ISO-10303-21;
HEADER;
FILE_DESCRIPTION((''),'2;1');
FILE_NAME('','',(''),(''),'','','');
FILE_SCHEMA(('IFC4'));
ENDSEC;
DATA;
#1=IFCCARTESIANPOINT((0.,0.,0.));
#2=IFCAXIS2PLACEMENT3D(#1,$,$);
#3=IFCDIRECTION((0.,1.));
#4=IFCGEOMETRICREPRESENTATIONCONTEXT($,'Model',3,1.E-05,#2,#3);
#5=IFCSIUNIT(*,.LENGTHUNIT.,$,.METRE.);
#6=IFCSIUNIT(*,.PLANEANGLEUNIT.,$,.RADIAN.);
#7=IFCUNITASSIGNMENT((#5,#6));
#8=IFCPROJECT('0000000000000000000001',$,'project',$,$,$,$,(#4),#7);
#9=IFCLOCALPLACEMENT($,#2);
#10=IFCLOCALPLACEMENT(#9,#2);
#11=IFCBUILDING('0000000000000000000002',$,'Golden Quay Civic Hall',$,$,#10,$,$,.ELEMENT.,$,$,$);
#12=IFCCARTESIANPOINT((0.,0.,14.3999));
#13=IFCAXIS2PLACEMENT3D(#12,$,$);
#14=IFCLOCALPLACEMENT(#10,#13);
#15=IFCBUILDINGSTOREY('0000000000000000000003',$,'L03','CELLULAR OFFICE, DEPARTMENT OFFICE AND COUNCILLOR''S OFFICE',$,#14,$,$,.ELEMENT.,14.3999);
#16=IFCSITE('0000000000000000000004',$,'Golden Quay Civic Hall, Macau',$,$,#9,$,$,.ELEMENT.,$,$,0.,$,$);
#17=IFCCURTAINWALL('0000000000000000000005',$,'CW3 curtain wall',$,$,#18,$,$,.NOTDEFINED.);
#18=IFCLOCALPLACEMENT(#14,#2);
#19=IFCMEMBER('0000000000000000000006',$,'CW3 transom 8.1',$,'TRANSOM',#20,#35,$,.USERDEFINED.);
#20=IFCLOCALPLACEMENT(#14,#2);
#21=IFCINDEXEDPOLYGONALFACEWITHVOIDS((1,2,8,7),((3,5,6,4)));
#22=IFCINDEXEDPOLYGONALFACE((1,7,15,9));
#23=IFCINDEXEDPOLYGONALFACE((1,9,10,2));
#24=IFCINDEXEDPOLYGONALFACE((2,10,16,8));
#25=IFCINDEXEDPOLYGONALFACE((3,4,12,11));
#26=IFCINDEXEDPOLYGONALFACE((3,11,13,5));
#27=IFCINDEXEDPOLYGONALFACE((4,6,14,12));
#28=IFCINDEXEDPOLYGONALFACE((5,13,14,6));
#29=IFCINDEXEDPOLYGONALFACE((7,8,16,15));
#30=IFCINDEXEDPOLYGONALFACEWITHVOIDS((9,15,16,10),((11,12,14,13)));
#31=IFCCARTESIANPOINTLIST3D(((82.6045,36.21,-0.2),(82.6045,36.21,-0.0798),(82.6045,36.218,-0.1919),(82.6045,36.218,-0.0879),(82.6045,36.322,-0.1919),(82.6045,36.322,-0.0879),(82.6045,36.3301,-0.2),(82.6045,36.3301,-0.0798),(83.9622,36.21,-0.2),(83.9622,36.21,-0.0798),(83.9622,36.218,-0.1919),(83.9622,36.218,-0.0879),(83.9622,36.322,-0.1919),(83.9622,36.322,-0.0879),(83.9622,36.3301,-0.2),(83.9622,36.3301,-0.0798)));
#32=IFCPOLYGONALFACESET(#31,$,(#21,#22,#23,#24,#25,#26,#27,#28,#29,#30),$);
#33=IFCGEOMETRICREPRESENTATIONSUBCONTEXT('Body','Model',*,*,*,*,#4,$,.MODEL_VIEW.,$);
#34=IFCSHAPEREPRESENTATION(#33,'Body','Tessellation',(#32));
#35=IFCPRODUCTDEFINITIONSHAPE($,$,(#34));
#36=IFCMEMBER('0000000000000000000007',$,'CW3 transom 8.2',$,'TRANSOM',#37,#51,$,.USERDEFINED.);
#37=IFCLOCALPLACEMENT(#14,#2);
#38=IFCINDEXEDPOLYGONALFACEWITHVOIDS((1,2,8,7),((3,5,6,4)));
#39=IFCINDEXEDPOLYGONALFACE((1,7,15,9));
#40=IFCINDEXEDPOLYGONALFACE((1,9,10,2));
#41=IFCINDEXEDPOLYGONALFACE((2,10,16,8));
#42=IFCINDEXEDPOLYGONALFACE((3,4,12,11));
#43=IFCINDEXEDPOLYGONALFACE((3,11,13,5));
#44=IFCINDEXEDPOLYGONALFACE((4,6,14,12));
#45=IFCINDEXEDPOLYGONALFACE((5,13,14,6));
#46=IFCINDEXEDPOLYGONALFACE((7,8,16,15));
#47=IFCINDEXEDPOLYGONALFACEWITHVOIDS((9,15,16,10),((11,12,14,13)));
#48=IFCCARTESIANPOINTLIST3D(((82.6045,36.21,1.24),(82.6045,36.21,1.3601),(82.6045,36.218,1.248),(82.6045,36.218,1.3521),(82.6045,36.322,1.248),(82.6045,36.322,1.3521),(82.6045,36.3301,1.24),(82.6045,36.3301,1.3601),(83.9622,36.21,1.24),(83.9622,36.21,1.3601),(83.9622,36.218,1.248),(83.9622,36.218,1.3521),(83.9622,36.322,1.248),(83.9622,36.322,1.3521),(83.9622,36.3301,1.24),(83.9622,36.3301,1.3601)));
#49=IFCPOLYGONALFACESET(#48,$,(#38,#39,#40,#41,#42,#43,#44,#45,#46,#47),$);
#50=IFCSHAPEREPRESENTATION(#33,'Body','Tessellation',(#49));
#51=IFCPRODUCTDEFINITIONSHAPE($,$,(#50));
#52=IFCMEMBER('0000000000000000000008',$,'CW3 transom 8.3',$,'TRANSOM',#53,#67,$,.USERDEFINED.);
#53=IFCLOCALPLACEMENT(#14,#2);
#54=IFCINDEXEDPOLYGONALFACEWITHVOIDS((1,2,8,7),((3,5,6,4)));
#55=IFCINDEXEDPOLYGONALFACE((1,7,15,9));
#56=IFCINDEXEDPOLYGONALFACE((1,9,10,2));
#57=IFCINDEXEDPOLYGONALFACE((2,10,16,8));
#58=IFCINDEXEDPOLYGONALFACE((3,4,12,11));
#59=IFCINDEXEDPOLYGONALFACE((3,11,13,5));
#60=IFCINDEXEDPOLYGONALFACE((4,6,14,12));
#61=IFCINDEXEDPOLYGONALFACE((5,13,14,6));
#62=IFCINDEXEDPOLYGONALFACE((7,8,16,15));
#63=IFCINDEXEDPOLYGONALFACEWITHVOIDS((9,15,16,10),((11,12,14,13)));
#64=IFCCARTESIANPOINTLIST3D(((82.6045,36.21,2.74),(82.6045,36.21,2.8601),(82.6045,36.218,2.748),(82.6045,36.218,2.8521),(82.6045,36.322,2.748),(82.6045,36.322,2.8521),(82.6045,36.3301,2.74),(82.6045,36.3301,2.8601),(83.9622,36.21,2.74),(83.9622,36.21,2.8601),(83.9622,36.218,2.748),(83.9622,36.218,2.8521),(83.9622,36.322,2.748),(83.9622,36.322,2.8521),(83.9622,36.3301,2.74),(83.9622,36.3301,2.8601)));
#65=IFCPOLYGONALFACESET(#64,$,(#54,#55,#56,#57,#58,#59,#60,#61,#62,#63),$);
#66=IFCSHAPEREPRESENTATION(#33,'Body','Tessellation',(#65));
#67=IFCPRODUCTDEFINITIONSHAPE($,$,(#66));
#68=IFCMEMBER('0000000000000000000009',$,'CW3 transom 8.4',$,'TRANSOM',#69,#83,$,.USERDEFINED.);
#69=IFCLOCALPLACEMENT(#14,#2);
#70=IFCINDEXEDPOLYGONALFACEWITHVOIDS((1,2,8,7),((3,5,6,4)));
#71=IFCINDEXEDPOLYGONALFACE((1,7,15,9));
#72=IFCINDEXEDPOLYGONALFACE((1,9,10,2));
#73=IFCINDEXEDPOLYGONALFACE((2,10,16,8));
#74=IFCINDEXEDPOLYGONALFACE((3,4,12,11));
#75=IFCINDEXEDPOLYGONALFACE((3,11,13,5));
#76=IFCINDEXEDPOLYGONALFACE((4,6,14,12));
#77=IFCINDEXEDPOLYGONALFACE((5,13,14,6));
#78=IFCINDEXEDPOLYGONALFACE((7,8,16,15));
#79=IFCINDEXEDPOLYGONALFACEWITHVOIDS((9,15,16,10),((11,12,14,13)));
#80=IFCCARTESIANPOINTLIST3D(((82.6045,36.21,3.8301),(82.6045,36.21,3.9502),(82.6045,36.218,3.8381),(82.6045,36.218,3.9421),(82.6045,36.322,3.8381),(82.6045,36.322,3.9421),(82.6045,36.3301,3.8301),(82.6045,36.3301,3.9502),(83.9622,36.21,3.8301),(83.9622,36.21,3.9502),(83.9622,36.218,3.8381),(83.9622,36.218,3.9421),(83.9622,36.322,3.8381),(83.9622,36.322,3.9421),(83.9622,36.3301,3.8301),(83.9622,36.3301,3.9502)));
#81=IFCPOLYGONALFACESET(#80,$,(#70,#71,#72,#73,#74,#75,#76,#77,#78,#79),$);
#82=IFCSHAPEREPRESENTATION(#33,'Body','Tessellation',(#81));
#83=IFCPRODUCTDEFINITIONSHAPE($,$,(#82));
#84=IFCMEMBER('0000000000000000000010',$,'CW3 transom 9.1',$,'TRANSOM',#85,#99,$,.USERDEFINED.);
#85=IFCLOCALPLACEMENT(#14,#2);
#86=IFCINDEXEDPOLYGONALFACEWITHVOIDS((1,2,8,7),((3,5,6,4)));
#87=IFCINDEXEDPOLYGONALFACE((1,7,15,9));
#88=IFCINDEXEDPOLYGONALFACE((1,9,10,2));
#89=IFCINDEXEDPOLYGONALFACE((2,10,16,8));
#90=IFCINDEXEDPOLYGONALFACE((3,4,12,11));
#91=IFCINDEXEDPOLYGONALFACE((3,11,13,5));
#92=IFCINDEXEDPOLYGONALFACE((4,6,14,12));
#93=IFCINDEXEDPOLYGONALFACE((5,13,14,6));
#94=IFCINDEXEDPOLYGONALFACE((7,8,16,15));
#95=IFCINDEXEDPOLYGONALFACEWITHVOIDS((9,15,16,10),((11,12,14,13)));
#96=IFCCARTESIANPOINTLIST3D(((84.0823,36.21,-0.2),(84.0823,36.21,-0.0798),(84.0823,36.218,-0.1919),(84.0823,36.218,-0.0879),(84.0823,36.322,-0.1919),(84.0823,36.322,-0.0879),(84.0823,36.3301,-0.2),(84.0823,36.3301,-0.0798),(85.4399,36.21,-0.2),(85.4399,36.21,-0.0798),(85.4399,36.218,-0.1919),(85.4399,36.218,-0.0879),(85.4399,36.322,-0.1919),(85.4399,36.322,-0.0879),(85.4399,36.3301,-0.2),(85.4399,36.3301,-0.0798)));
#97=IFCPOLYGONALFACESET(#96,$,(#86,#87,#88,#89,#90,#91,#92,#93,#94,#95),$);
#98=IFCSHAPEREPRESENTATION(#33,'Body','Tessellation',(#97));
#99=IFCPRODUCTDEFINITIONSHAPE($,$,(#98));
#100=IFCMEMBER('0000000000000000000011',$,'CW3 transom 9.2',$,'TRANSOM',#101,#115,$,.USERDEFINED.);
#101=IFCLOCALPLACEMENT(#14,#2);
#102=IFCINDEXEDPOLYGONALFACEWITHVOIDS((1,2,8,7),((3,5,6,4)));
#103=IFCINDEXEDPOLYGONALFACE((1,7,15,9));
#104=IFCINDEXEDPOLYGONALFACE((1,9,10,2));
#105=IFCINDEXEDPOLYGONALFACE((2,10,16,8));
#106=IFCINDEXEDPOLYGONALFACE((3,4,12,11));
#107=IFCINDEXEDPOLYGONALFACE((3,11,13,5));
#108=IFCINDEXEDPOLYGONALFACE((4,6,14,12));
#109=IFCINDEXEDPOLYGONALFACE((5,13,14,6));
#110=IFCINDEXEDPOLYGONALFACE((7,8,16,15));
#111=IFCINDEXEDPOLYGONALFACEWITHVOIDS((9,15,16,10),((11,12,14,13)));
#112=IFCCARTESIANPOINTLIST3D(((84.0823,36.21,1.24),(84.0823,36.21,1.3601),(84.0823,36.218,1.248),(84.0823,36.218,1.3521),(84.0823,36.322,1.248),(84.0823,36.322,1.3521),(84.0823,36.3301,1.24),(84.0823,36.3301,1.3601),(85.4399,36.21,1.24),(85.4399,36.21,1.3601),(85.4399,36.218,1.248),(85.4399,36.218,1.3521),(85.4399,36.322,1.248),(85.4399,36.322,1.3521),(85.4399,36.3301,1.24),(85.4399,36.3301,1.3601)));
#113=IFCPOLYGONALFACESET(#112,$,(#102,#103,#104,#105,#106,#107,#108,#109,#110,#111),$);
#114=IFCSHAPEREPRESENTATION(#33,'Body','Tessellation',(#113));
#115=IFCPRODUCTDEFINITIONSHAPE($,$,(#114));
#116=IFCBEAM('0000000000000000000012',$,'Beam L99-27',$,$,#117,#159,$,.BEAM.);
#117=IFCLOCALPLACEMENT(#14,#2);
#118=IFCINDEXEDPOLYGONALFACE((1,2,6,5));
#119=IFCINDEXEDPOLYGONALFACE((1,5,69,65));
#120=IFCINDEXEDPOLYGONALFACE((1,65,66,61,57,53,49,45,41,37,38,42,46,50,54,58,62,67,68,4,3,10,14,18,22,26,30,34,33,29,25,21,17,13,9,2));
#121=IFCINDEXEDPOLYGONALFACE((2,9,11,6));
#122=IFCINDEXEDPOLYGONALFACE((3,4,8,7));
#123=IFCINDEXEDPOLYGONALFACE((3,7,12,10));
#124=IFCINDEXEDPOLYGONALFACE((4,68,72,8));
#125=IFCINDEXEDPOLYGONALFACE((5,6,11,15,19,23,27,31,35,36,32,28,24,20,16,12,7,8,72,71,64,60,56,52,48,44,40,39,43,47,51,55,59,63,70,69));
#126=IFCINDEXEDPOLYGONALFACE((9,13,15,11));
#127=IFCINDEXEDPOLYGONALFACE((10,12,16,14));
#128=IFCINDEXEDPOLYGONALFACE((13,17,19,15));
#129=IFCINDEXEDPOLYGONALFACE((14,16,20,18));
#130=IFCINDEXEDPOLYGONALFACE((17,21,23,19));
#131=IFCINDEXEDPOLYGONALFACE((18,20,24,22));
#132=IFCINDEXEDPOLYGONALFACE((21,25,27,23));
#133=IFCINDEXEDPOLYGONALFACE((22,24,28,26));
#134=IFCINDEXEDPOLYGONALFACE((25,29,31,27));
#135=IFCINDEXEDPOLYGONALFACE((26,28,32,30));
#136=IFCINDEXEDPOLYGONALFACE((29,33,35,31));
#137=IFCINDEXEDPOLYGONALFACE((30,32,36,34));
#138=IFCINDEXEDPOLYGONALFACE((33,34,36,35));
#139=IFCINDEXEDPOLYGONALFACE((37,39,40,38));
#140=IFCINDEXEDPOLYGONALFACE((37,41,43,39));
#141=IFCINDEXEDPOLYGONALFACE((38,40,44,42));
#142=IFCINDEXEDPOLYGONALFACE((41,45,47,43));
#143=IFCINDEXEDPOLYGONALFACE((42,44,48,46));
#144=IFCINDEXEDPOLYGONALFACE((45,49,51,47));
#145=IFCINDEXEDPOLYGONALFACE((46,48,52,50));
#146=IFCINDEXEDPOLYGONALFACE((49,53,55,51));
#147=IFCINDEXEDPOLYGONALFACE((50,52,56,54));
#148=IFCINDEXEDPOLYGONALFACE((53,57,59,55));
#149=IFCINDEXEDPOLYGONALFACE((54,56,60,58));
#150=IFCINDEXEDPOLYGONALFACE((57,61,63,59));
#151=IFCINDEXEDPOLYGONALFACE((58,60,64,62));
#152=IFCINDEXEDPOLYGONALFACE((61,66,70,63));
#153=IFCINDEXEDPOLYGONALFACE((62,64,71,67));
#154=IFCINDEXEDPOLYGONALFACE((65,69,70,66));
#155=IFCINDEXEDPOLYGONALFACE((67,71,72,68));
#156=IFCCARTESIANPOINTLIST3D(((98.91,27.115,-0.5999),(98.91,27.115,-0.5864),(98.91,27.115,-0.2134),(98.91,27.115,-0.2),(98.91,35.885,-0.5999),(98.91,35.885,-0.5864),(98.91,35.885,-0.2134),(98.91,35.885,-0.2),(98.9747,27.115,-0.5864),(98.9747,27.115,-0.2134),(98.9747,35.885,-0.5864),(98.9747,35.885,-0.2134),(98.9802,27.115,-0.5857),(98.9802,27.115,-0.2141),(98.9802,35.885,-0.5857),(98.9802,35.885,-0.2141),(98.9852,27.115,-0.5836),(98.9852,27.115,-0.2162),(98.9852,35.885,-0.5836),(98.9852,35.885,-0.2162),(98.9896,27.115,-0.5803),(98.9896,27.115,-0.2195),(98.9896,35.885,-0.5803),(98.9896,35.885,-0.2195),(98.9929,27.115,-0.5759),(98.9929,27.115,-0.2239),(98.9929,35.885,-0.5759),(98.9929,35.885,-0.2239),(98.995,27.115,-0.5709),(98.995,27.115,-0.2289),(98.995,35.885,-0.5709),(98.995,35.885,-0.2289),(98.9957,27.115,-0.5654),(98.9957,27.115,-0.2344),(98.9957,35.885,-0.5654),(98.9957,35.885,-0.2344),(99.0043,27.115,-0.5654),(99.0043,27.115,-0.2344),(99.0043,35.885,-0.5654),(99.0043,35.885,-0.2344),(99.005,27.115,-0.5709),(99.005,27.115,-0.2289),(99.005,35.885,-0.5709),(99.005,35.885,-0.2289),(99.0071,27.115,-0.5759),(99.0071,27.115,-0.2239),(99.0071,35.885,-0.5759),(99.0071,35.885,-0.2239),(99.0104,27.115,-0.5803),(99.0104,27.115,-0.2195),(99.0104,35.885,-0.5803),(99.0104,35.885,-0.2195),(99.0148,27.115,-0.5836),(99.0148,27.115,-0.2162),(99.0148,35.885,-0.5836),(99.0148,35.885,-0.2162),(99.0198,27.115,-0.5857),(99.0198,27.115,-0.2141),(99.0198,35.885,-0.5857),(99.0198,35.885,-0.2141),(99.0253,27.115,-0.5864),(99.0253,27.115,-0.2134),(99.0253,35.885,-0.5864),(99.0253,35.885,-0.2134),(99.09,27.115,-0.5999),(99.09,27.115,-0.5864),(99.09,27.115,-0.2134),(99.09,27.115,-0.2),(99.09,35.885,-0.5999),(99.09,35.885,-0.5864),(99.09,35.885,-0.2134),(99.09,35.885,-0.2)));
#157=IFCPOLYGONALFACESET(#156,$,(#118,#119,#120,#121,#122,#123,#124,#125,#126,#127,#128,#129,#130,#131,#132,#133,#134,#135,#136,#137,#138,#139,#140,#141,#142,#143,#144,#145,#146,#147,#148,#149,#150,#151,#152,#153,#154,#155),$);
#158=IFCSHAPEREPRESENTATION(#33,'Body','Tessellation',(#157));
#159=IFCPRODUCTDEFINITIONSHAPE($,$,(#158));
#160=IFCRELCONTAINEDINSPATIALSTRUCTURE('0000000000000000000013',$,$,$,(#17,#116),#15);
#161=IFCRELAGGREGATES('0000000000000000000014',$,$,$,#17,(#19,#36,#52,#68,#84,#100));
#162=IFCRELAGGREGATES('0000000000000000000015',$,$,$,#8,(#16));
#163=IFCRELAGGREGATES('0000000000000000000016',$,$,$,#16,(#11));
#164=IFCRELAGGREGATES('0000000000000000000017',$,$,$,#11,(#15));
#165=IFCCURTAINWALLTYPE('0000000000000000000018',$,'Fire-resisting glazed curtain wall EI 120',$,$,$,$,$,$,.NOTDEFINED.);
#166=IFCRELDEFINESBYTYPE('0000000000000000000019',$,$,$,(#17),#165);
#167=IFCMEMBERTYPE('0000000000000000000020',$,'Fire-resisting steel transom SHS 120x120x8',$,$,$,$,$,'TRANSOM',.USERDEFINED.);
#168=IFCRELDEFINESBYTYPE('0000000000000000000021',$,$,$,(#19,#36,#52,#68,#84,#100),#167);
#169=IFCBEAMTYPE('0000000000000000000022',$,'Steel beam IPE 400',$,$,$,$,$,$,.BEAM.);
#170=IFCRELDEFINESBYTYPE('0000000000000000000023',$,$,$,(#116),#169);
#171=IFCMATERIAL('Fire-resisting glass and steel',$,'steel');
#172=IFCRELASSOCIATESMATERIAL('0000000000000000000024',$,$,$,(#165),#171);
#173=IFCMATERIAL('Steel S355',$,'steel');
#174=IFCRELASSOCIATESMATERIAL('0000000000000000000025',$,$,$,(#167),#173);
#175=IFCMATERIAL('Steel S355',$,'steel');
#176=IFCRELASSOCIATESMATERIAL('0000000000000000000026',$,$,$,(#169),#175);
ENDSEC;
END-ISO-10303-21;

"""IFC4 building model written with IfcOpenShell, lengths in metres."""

from ifc_helpers import new_model, si_unit, direction, frame, origin, origin_2d, place, context, subcontext, project, spatial, hollow_rectangle, i_section, extrude, material, material_profile, profile_set, type_object, element, aggregate, save


model = new_model("IFC4")

# Units and contexts
model_context = context("Model", 3, precision=1e-05, world=origin(), true_north=direction((0.0, 1.0)))
body_context = subcontext(model_context, "Body", "Model", "MODEL_VIEW")
ifc_project = project(units=[si_unit("LENGTHUNIT", "METRE"), si_unit("PLANEANGLEUNIT", "RADIAN")], contexts=[model_context])

# Site, building, storey
site_placement = place(None, origin())
site = spatial("IfcSite", under=ifc_project, at=site_placement, Name="Golden Quay Civic Hall, Macau", CompositionType="ELEMENT", RefElevation=0.0)
building_placement = place(site_placement, origin())
building = spatial("IfcBuilding", under=site, at=building_placement, Name="Golden Quay Civic Hall", CompositionType="ELEMENT")
storey_placement = place(building_placement, frame((0.0, 0.0, 14.3999)))
storey = spatial("IfcBuildingStorey", under=building, at=storey_placement, Name="L03", Description="CELLULAR OFFICE, DEPARTMENT OFFICE AND COUNCILLOR'S OFFICE", CompositionType="ELEMENT", Elevation=14.3999)

# Curtain wall, members
ifc_material_1 = material(Name="Fire-resisting glass and steel", Category="steel")
curtain_wall_type = type_object("IfcCurtainWallType", Name="Fire-resisting glazed curtain wall EI 120", PredefinedType="NOTDEFINED", material=ifc_material_1)
curtain_wall_placement = place(storey_placement, origin())
curtain_wall = element("IfcCurtainWall", 1, at=curtain_wall_placement, inside=storey, type_object=curtain_wall_type, Name="CW3 curtain wall", PredefinedType="NOTDEFINED")
ifc_material_2 = material(Name="Steel S355", Category="steel")
ifc_material_profile_1 = material_profile(ifc_material_2, hollow_rectangle(XDim=0.1201, YDim=0.1201, WallThickness=0.0081, at=origin_2d()), Name="SHS 120x120x8")
ifc_profile_set_1 = profile_set([ifc_material_profile_1], Name="Steel S355")
member_type_1 = type_object("IfcMemberType", Name="Fire-resisting steel transom SHS 120x120x8", ElementType="TRANSOM", PredefinedType="USERDEFINED", material=ifc_profile_set_1)
member_1_placement = place(storey_placement, frame((82.6045, 36.27, -0.1399), z_axis=(1.0, 0.0, 0.0), x_axis=(0.0, 1.0, 0.0)))
member_1 = element("IfcMember", 2, at=member_1_placement, type_object=member_type_1, Name="CW3 transom 8.1", ObjectType="TRANSOM", PredefinedType="USERDEFINED", context=body_context, shape_type="SweptSolid", body=[
    extrude(hollow_rectangle(XDim=0.1201, YDim=0.1201, WallThickness=0.0081, at=origin_2d()), origin(), (0.0, 0.0, 1.0), 1.3577),
])
member_2_placement = place(storey_placement, frame((82.6045, 36.27, 1.3), z_axis=(1.0, 0.0, 0.0), x_axis=(0.0, 1.0, 0.0)))
member_2 = element("IfcMember", 3, at=member_2_placement, type_object=member_type_1, Name="CW3 transom 8.2", ObjectType="TRANSOM", PredefinedType="USERDEFINED", context=body_context, shape_type="SweptSolid", body=[
    extrude(hollow_rectangle(XDim=0.1201, YDim=0.1201, WallThickness=0.0081, at=origin_2d()), origin(), (0.0, 0.0, 1.0), 1.3577),
])
member_3_placement = place(storey_placement, frame((82.6045, 36.27, 2.8), z_axis=(1.0, 0.0, 0.0), x_axis=(0.0, 1.0, 0.0)))
member_3 = element("IfcMember", 4, at=member_3_placement, type_object=member_type_1, Name="CW3 transom 8.3", ObjectType="TRANSOM", PredefinedType="USERDEFINED", context=body_context, shape_type="SweptSolid", body=[
    extrude(hollow_rectangle(XDim=0.1201, YDim=0.1201, WallThickness=0.0081, at=origin_2d()), origin(), (0.0, 0.0, 1.0), 1.3577),
])
member_4_placement = place(storey_placement, frame((82.6045, 36.27, 3.8901), z_axis=(1.0, 0.0, 0.0), x_axis=(0.0, 1.0, 0.0)))
member_4 = element("IfcMember", 5, at=member_4_placement, type_object=member_type_1, Name="CW3 transom 8.4", ObjectType="TRANSOM", PredefinedType="USERDEFINED", context=body_context, shape_type="SweptSolid", body=[
    extrude(hollow_rectangle(XDim=0.1201, YDim=0.1201, WallThickness=0.0081, at=origin_2d()), origin(), (0.0, 0.0, 1.0), 1.3577),
])
member_5_placement = place(storey_placement, frame((84.0823, 36.27, -0.1399), z_axis=(1.0, 0.0, 0.0), x_axis=(0.0, 1.0, 0.0)))
member_5 = element("IfcMember", 6, at=member_5_placement, type_object=member_type_1, Name="CW3 transom 9.1", ObjectType="TRANSOM", PredefinedType="USERDEFINED", context=body_context, shape_type="SweptSolid", body=[
    extrude(hollow_rectangle(XDim=0.1201, YDim=0.1201, WallThickness=0.0081, at=origin_2d()), origin(), (0.0, 0.0, 1.0), 1.3577),
])
member_6_placement = place(storey_placement, frame((84.0823, 36.27, 1.3), z_axis=(1.0, 0.0, 0.0), x_axis=(0.0, 1.0, 0.0)))
member_6 = element("IfcMember", 7, at=member_6_placement, type_object=member_type_1, Name="CW3 transom 9.2", ObjectType="TRANSOM", PredefinedType="USERDEFINED", context=body_context, shape_type="SweptSolid", body=[
    extrude(hollow_rectangle(XDim=0.1201, YDim=0.1201, WallThickness=0.0081, at=origin_2d()), origin(), (0.0, 0.0, 1.0), 1.3577),
])

# Beam
ifc_material_3 = material(Name="Steel S355", Category="steel")
ifc_material_profile_2 = material_profile(ifc_material_3, i_section(OverallWidth=0.1799, OverallDepth=0.3999, WebThickness=0.0085, FlangeThickness=0.0134, FilletRadius=0.021, at=origin_2d()), Name="IPE 400")
ifc_profile_set_2 = profile_set([ifc_material_profile_2], Name="Steel S355")
beam_type_1 = type_object("IfcBeamType", Name="Steel beam IPE 400", PredefinedType="BEAM", material=ifc_profile_set_2)
for number, where, z_axis, x_axis, name in (
    (8, (99.0, 27.115, -0.3999), (0.0, 1.0, 0.0), (-1.0, 0.0, 0.0), "Beam L99-27"),
):
    element("IfcBeam", number, at=place(storey_placement, frame(where, z_axis=z_axis, x_axis=x_axis)), inside=storey, type_object=beam_type_1, Name=name, PredefinedType="BEAM", context=body_context, shape_type="SweptSolid", body=[
        extrude(i_section(OverallWidth=0.1799, OverallDepth=0.3999, WebThickness=0.0085, FlangeThickness=0.0134, FilletRadius=0.021, at=origin_2d()), origin(), (0.0, 0.0, 1.0), 8.77),
    ])

aggregate(curtain_wall, [member_1, member_2, member_3, member_4, member_5, member_6])

save(model, "model.ifc")
